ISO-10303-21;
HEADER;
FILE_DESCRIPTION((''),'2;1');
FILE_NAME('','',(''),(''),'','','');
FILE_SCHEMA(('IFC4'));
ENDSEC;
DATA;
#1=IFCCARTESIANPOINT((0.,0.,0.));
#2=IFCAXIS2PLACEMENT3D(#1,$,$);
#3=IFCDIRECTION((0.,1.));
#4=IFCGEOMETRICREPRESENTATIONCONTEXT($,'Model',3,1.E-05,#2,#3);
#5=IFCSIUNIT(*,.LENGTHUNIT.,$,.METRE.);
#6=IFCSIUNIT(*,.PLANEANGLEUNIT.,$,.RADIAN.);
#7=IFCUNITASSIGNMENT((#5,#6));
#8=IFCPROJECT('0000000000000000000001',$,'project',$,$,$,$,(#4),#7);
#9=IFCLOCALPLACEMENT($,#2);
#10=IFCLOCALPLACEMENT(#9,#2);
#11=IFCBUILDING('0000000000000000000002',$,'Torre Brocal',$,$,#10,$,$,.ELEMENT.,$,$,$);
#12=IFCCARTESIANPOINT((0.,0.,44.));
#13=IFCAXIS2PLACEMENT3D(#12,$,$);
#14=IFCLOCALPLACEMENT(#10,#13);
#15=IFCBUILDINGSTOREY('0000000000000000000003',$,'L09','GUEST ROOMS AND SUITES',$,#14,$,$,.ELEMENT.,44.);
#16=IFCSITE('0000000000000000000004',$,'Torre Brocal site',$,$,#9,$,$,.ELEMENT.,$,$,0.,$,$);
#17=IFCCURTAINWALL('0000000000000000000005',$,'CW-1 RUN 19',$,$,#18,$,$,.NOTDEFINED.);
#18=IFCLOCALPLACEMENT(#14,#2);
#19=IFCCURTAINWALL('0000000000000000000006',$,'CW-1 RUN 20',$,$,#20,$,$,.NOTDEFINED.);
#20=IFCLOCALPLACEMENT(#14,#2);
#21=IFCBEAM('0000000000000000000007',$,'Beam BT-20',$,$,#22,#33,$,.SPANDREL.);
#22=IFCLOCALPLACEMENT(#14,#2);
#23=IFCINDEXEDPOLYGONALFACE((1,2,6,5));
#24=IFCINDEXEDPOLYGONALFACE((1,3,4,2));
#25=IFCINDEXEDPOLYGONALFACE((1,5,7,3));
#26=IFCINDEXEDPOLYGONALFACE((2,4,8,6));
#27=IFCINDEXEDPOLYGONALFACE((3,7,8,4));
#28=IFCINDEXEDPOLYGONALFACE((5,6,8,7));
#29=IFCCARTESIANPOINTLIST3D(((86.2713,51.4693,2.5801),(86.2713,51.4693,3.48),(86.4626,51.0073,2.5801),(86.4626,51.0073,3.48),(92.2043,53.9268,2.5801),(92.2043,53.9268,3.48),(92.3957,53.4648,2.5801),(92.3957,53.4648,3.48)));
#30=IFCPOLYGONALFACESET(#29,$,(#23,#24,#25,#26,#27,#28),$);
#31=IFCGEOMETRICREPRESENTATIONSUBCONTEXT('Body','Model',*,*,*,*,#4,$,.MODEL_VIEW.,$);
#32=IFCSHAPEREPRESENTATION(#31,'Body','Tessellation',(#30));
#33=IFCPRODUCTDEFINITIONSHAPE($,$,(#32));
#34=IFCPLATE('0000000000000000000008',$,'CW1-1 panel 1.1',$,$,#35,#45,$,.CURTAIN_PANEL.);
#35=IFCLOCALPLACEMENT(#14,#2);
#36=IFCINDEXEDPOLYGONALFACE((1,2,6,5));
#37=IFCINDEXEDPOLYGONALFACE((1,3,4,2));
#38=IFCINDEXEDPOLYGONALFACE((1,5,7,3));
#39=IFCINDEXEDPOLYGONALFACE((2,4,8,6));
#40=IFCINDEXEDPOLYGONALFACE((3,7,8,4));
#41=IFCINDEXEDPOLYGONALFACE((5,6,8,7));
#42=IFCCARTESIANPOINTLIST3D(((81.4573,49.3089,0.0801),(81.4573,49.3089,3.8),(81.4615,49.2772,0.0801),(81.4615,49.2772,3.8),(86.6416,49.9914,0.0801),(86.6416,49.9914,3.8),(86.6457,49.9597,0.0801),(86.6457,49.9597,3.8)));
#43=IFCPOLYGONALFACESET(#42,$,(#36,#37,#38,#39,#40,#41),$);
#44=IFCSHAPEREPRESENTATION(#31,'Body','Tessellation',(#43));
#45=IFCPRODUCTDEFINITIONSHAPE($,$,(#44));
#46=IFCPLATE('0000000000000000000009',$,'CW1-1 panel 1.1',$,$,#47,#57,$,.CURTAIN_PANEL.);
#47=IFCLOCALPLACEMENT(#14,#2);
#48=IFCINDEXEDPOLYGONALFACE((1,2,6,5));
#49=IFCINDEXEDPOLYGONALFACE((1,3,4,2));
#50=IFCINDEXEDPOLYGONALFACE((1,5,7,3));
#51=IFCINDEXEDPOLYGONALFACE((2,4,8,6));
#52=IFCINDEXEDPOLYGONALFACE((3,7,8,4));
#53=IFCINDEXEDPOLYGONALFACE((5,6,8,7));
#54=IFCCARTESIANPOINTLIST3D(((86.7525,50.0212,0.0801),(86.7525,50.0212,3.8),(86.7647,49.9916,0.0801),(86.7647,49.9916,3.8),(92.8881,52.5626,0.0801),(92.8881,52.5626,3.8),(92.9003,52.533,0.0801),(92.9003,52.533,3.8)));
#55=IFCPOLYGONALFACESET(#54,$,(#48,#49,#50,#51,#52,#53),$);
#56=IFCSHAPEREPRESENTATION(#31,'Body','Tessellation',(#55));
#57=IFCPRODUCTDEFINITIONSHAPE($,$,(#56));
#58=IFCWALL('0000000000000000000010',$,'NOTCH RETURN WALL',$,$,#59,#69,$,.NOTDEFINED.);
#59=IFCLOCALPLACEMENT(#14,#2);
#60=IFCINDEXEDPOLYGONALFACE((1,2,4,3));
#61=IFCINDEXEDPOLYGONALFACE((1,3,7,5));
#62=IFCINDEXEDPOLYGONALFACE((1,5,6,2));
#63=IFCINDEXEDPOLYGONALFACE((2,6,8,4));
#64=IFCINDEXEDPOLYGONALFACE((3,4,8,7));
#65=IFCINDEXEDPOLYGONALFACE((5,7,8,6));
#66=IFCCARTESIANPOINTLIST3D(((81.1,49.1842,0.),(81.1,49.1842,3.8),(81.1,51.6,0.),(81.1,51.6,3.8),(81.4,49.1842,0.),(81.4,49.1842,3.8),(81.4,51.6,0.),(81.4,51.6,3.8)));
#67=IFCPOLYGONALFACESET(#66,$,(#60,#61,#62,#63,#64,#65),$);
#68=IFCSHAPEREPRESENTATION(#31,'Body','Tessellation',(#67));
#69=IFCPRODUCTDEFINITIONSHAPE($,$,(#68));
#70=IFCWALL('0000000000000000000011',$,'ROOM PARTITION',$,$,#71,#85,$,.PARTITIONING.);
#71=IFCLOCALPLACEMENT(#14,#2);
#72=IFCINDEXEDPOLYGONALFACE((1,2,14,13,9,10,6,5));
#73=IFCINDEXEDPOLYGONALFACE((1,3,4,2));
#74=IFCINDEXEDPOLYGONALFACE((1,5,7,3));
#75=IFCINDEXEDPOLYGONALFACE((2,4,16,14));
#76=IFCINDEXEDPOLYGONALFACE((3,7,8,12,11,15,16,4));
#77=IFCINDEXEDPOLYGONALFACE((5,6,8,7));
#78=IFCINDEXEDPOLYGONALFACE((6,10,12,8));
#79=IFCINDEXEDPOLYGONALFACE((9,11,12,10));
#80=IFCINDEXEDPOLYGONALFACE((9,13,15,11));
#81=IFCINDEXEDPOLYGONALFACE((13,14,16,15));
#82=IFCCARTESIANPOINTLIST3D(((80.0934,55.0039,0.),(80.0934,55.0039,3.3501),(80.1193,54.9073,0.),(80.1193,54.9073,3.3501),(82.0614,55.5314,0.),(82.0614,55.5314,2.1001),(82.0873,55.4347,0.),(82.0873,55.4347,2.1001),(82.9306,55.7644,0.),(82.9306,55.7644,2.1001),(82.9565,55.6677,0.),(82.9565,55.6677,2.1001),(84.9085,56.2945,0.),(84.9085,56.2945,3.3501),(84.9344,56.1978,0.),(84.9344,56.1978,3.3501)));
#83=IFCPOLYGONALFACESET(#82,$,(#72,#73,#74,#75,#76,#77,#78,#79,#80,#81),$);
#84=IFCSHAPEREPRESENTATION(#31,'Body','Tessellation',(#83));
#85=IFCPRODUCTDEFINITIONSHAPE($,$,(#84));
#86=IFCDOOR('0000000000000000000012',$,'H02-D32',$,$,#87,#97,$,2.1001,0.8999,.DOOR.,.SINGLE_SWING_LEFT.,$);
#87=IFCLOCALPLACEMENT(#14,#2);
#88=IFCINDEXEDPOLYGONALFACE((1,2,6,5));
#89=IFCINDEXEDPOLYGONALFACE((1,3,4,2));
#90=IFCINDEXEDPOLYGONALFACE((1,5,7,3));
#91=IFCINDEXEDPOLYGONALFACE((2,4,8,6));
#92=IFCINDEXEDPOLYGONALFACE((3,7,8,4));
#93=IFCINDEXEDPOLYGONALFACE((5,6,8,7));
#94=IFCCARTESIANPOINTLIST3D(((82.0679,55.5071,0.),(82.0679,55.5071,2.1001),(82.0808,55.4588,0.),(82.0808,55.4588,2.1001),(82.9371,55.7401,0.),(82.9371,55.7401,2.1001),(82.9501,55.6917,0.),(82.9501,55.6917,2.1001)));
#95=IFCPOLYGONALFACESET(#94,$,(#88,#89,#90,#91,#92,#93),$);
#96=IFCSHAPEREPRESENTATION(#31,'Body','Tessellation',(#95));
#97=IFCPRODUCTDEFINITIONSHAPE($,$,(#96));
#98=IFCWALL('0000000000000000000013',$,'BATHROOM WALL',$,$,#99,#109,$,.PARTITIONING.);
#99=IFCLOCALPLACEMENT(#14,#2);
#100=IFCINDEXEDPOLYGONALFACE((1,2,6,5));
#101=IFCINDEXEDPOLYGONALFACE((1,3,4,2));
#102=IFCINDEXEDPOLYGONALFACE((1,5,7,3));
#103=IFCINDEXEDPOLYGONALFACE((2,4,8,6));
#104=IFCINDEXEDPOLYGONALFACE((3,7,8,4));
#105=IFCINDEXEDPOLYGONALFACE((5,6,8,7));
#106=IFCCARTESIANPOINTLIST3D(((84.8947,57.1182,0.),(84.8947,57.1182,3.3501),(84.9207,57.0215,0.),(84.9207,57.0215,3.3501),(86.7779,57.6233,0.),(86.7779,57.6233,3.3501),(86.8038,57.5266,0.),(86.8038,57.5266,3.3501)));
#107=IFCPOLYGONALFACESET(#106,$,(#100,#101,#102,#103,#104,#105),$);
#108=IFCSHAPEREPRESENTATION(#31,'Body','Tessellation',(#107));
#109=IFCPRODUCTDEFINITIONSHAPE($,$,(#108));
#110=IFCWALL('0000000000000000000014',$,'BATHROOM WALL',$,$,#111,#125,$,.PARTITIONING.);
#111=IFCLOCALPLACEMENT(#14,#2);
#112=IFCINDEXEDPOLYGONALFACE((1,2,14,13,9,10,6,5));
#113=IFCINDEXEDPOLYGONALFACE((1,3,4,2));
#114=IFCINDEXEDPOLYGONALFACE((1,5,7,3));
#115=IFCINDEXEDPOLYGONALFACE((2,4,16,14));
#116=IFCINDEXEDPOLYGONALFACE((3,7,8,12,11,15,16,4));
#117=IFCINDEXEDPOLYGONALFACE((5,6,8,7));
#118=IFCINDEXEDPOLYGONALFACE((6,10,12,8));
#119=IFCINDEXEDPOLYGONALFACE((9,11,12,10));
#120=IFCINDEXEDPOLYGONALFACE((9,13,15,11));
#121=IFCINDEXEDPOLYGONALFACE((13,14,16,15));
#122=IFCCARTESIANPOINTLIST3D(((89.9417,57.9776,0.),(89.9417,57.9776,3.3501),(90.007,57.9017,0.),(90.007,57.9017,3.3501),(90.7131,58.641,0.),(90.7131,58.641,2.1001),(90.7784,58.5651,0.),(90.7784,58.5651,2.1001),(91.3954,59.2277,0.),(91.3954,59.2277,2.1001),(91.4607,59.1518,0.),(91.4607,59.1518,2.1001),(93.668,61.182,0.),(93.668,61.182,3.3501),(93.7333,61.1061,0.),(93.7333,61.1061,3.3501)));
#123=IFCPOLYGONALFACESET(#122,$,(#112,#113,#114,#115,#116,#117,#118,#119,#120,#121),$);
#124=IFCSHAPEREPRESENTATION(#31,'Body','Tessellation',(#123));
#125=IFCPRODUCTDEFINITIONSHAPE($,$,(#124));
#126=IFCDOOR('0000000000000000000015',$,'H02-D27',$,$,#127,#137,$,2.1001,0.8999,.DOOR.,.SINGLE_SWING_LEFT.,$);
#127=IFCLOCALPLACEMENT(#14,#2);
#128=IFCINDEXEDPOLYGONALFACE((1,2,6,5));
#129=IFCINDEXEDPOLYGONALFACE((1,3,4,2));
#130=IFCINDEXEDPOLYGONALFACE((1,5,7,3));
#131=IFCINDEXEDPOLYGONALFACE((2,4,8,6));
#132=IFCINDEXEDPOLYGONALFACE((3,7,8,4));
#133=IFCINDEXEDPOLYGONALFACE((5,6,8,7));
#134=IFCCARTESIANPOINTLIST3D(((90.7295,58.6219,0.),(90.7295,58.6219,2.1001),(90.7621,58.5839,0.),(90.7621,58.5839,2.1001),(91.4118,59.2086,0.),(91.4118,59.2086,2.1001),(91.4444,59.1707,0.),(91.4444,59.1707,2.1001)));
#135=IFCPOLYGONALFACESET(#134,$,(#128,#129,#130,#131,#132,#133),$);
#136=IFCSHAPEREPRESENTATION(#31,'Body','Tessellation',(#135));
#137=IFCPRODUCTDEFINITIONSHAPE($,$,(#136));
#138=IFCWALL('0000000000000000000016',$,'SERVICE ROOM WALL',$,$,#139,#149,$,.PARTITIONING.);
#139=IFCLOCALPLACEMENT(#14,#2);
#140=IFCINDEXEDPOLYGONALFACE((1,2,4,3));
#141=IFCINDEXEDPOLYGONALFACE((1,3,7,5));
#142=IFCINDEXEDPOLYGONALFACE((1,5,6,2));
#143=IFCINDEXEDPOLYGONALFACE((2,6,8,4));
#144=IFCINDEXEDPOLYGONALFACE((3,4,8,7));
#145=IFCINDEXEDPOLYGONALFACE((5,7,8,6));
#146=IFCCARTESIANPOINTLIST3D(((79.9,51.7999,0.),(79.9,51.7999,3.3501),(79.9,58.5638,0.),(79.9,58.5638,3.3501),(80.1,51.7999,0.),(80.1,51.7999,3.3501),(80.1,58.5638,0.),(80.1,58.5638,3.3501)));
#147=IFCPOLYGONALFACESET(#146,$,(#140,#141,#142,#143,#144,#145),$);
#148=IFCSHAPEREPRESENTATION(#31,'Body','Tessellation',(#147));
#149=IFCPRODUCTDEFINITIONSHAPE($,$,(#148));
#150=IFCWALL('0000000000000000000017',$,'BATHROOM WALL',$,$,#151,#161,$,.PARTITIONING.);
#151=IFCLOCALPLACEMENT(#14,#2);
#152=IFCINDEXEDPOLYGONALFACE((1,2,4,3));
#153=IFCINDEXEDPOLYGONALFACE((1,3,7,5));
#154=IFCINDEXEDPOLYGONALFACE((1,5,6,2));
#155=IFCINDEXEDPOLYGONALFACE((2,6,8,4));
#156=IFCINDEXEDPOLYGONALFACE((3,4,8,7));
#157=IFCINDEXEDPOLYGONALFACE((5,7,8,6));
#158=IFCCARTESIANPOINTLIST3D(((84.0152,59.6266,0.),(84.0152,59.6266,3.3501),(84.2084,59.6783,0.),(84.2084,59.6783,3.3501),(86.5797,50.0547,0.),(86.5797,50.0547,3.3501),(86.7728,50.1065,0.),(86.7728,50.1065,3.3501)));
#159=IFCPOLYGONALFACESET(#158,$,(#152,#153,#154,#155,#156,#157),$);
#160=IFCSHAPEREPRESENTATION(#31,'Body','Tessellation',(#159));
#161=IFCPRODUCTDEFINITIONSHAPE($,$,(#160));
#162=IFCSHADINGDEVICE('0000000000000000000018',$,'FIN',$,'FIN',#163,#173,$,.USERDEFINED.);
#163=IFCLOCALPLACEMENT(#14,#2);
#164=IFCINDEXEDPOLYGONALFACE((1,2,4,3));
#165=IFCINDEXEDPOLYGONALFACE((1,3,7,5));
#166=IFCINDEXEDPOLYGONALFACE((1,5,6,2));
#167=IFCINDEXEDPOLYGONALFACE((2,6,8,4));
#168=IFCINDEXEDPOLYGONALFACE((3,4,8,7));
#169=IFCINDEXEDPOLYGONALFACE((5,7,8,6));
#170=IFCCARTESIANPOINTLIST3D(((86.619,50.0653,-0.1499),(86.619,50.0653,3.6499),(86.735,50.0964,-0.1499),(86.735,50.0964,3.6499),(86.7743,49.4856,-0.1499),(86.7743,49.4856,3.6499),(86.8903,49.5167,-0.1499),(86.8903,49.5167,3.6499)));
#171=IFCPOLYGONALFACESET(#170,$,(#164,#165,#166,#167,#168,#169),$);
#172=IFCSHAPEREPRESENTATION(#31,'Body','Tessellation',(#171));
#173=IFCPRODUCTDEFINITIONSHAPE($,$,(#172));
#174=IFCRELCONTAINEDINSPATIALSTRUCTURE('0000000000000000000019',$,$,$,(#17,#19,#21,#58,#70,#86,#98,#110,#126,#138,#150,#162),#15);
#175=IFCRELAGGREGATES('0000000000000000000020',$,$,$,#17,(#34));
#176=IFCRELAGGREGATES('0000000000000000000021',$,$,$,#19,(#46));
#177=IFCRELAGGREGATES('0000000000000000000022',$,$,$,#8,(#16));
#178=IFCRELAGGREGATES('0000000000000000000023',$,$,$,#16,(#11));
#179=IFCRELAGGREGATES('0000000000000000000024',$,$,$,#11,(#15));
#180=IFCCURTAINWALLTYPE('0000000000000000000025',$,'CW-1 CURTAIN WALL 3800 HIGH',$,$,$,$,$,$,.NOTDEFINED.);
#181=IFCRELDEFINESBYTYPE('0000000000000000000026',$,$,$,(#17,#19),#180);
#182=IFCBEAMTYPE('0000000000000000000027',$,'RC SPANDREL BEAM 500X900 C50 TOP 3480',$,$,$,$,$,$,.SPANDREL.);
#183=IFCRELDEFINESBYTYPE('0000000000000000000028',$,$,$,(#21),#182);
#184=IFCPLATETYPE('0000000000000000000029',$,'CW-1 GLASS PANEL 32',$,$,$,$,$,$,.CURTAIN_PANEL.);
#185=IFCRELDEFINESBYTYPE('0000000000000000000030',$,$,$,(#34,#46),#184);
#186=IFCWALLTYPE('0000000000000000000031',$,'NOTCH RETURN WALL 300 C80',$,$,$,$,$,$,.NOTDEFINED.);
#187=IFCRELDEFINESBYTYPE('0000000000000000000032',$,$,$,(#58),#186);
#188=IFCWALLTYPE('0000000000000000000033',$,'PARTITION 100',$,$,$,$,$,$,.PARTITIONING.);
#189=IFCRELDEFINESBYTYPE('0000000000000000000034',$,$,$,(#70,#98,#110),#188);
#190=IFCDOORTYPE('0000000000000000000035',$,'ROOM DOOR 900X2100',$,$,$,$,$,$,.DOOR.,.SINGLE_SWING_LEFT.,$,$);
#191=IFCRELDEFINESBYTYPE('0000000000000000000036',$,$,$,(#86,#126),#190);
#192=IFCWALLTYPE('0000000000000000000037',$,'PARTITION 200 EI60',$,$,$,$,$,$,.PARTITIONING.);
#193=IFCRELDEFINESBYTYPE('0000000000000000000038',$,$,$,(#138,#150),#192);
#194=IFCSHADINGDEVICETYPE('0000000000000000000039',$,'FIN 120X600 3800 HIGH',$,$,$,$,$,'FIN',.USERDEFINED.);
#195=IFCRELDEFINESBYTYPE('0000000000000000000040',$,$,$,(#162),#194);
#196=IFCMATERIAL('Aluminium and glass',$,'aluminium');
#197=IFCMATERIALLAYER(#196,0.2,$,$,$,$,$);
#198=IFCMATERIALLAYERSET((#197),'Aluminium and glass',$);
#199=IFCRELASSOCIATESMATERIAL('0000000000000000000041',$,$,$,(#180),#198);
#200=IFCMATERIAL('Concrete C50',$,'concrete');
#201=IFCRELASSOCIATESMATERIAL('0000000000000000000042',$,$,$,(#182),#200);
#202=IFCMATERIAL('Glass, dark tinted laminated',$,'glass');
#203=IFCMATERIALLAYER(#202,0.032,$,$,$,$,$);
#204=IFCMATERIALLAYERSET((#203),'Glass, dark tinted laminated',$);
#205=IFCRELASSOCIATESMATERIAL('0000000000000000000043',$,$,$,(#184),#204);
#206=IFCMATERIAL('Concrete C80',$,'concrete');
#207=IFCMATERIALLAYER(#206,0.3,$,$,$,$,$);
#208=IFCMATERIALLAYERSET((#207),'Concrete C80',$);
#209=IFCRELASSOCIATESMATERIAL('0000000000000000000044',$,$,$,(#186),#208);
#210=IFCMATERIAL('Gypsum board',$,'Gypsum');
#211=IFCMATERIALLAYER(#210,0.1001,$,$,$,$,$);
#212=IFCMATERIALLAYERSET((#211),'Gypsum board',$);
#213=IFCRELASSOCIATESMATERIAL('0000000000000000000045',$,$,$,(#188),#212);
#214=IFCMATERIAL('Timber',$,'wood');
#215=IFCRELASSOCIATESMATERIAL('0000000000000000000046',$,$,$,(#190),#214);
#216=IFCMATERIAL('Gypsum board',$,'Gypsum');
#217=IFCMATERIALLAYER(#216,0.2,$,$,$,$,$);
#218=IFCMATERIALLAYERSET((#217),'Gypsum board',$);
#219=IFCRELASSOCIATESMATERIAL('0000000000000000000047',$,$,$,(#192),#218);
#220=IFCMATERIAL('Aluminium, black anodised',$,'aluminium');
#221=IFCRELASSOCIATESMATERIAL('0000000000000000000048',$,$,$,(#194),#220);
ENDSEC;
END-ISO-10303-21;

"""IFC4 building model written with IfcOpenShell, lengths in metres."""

from ifc_helpers import new_model, si_unit, direction, frame, frame_2d, origin, origin_2d, place, context, subcontext, project, spatial, rectangle, extrude, material, layer, layer_set, material_profile, profile_set, type_object, element, fill, aggregate, save


model = new_model("IFC4")

# Units and contexts
model_context = context("Model", 3, precision=1e-05, world=origin(), true_north=direction((0.0, 1.0)))
body_context = subcontext(model_context, "Body", "Model", "MODEL_VIEW")
ifc_project = project(units=[si_unit("LENGTHUNIT", "METRE"), si_unit("PLANEANGLEUNIT", "RADIAN")], contexts=[model_context])

# Site, building, storey
site_placement = place(None, origin())
site = spatial("IfcSite", under=ifc_project, at=site_placement, Name="Torre Brocal site", CompositionType="ELEMENT", RefElevation=0.0)
building_placement = place(site_placement, origin())
building = spatial("IfcBuilding", under=site, at=building_placement, Name="Torre Brocal", CompositionType="ELEMENT")
storey_placement = place(building_placement, frame((0.0, 0.0, 44.0)))
storey = spatial("IfcBuildingStorey", under=building, at=storey_placement, Name="L09", Description="GUEST ROOMS AND SUITES", CompositionType="ELEMENT", Elevation=44.0)

# Curtain wall
ifc_material_1 = material(Name="Aluminium and glass", Category="aluminium")
ifc_layer_1 = layer(ifc_material_1, 0.2)
ifc_layer_set_1 = layer_set([ifc_layer_1], Name="Aluminium and glass")
curtain_wall_type = type_object("IfcCurtainWallType", Name="CW-1 CURTAIN WALL 3800 HIGH", PredefinedType="NOTDEFINED", material=ifc_layer_set_1)
curtain_wall_1_placement = place(storey_placement, origin())
curtain_wall_1 = element("IfcCurtainWall", 1, at=curtain_wall_1_placement, inside=storey, type_object=curtain_wall_type, Name="CW-1 RUN 19", PredefinedType="NOTDEFINED")

# Curtain wall
curtain_wall_2_placement = place(storey_placement, origin())
curtain_wall_2 = element("IfcCurtainWall", 2, at=curtain_wall_2_placement, inside=storey, type_object=curtain_wall_type, Name="CW-1 RUN 20", PredefinedType="NOTDEFINED")

# Beam
ifc_material_2 = material(Name="Concrete C50", Category="concrete")
ifc_material_profile_1 = material_profile(ifc_material_2, rectangle(XDim=0.5, YDim=0.8999, at=origin_2d()), Name="RC 500X900")
ifc_profile_set_1 = profile_set([ifc_material_profile_1], Name="Concrete C50")
beam_type_1 = type_object("IfcBeamType", Name="RC SPANDREL BEAM 500X900 C50 TOP 3480", PredefinedType="SPANDREL", material=ifc_profile_set_1)
beam_1_placement = place(storey_placement, frame((86.3669, 51.2383, 3.03), z_axis=(0.923882, 0.382676, 0.0), x_axis=(-0.382676, 0.923882, 0.0)))
element("IfcBeam", 3, at=beam_1_placement, inside=storey, type_object=beam_type_1, Name="Beam BT-20", PredefinedType="SPANDREL", context=body_context, shape_type="SweptSolid", body=[
    extrude(rectangle(XDim=0.5, YDim=0.8999, at=origin_2d()), origin(), (0.0, 0.0, 1.0), 6.4219),
])

# Plates
ifc_material_3 = material(Name="Glass, dark tinted laminated", Category="glass")
ifc_layer_2 = layer(ifc_material_3, 0.032)
ifc_layer_set_2 = layer_set([ifc_layer_2], Name="Glass, dark tinted laminated")
plate_type = type_object("IfcPlateType", Name="CW-1 GLASS PANEL 32", PredefinedType="CURTAIN_PANEL", material=ifc_layer_set_2)
plate_1_placement = place(storey_placement, frame((84.0515, 49.6343, 0.0801), z_axis=(0.0, 0.0, 1.0), x_axis=(0.991445, 0.130526, 0.0)))
plate_1 = element("IfcPlate", 4, at=plate_1_placement, type_object=plate_type, Name="CW1-1 panel 1.1", PredefinedType="CURTAIN_PANEL", context=body_context, shape_type="SweptSolid", body=[
    extrude(rectangle(XDim=5.229, YDim=0.032, at=origin_2d()), origin(), (0.0, 0.0, 1.0), 3.72),
])
aggregate(curtain_wall_1, [plate_1])
plate_2_placement = place(storey_placement, frame((89.8264, 51.2771, 0.0801), z_axis=(0.0, 0.0, 1.0), x_axis=(0.92388, 0.382683, 0.0)))
plate_2 = element("IfcPlate", 5, at=plate_2_placement, type_object=plate_type, Name="CW1-1 panel 1.1", PredefinedType="CURTAIN_PANEL", context=body_context, shape_type="SweptSolid", body=[
    extrude(rectangle(XDim=6.6411, YDim=0.032, at=origin_2d()), origin(), (0.0, 0.0, 1.0), 3.72),
])
aggregate(curtain_wall_2, [plate_2])

# Wall
ifc_material_4 = material(Name="Concrete C80", Category="concrete")
ifc_layer_3 = layer(ifc_material_4, 0.3)
ifc_layer_set_3 = layer_set([ifc_layer_3], Name="Concrete C80")
wall_type_1 = type_object("IfcWallType", Name="NOTCH RETURN WALL 300 C80", PredefinedType="NOTDEFINED", material=ifc_layer_set_3)
wall_1_placement = place(storey_placement, frame((81.25, 51.6001, 0.0), z_axis=(0.0, 0.0, 1.0), x_axis=(0.0, -1.0, 0.0)))
element("IfcWall", 6, at=wall_1_placement, inside=storey, type_object=wall_type_1, Name="NOTCH RETURN WALL", PredefinedType="NOTDEFINED", context=body_context, shape_type="SweptSolid", body=[
    extrude(rectangle(XDim=2.4158, YDim=0.3, at=frame_2d((1.208, 0.0))), origin(), (0.0, 0.0, 1.0), 3.8),
])

# Wall, opening, door
ifc_material_5 = material(Name="Gypsum board", Category="Gypsum")
ifc_layer_4 = layer(ifc_material_5, 0.1001)
ifc_layer_set_4 = layer_set([ifc_layer_4], Name="Gypsum board")
wall_type_2 = type_object("IfcWallType", Name="PARTITION 100", PredefinedType="PARTITIONING", material=ifc_layer_set_4)
wall_2_placement = place(storey_placement, frame((80.1062, 54.9556, 0.0), z_axis=(0.0, 0.0, 1.0), x_axis=(0.965911, 0.258876, 0.0)))
wall_2 = element("IfcWall", 7, at=wall_2_placement, inside=storey, type_object=wall_type_2, Name="ROOM PARTITION", PredefinedType="PARTITIONING", context=body_context, shape_type="SweptSolid", body=[
    extrude(rectangle(XDim=4.9851, YDim=0.1001, at=frame_2d((2.4927, 0.0))), origin(), (0.0, 0.0, 1.0), 3.3501),
])
opening_1_placement = place(wall_2_placement, frame((2.0376, 0.0, 0.0)))
opening_1 = element("IfcOpeningElement", 8, at=opening_1_placement, cuts=wall_2, PredefinedType="OPENING", context=body_context, shape_type="SweptSolid", body=[
    extrude(rectangle(XDim=0.8999, YDim=2.1001, at=frame_2d((0.45, 1.05))), frame((0.0, 0.0601, 0.0), z_axis=(0.0, -1.0, 0.0), x_axis=(1.0, 0.0, 0.0)), (0.0, 0.0, 1.0), 0.1201),
])
ifc_material_6 = material(Name="Timber", Category="wood")
door_type = type_object("IfcDoorType", Name="ROOM DOOR 900X2100", OperationType="SINGLE_SWING_LEFT", PredefinedType="DOOR", material=ifc_material_6)
door_1_placement = place(opening_1_placement, origin())
door_1 = element("IfcDoor", 9, at=door_1_placement, inside=storey, type_object=door_type, Name="H02-D32", OperationType="SINGLE_SWING_LEFT", OverallHeight=2.1001, OverallWidth=0.8999, PredefinedType="DOOR", context=body_context, shape_type="SweptSolid", body=[
    extrude(rectangle(XDim=0.8999, YDim=2.1001, at=frame_2d((0.45, 1.05))), frame((0.0, 0.0249, 0.0), z_axis=(0.0, -1.0, 0.0), x_axis=(1.0, 0.0, 0.0)), (0.0, 0.0, 1.0), 0.05),
])
fill(opening_1, door_1)

# Wall
wall_3_placement = place(storey_placement, frame((84.9077, 57.0698, 0.0), z_axis=(0.0, 0.0, 1.0), x_axis=(0.965854, 0.259089, 0.0)))
element("IfcWall", 10, at=wall_3_placement, inside=storey, type_object=wall_type_2, Name="BATHROOM WALL", PredefinedType="PARTITIONING", context=body_context, shape_type="SweptSolid", body=[
    extrude(rectangle(XDim=1.9497, YDim=0.1001, at=frame_2d((0.9749, 0.0))), origin(), (0.0, 0.0, 1.0), 3.3501),
])

# Wall, opening, door
wall_4_placement = place(storey_placement, frame((89.9744, 57.9397, 0.0), z_axis=(0.0, 0.0, 1.0), x_axis=(0.758214, 0.652006, 0.0)))
wall_4 = element("IfcWall", 11, at=wall_4_placement, inside=storey, type_object=wall_type_2, Name="BATHROOM WALL", PredefinedType="PARTITIONING", context=body_context, shape_type="SweptSolid", body=[
    extrude(rectangle(XDim=4.9146, YDim=0.1001, at=frame_2d((2.4573, 0.0))), origin(), (0.0, 0.0, 1.0), 3.3501),
])
opening_2_placement = place(wall_4_placement, frame((1.0173, 0.0, 0.0)))
opening_2 = element("IfcOpeningElement", 12, at=opening_2_placement, cuts=wall_4, PredefinedType="OPENING", context=body_context, shape_type="SweptSolid", body=[
    extrude(rectangle(XDim=0.8999, YDim=2.1001, at=frame_2d((0.45, 1.05))), frame((0.0, 0.0601, 0.0), z_axis=(0.0, -1.0, 0.0), x_axis=(1.0, 0.0, 0.0)), (0.0, 0.0, 1.0), 0.1201),
])
door_2_placement = place(opening_2_placement, origin())
door_2 = element("IfcDoor", 13, at=door_2_placement, inside=storey, type_object=door_type, Name="H02-D27", OperationType="SINGLE_SWING_LEFT", OverallHeight=2.1001, OverallWidth=0.8999, PredefinedType="DOOR", context=body_context, shape_type="SweptSolid", body=[
    extrude(rectangle(XDim=0.8999, YDim=2.1001, at=frame_2d((0.45, 1.05))), frame((0.0, 0.0249, 0.0), z_axis=(0.0, -1.0, 0.0), x_axis=(1.0, 0.0, 0.0)), (0.0, 0.0, 1.0), 0.05),
])
fill(opening_2, door_2)

# Walls
ifc_material_7 = material(Name="Gypsum board", Category="Gypsum")
ifc_layer_5 = layer(ifc_material_7, 0.2)
ifc_layer_set_5 = layer_set([ifc_layer_5], Name="Gypsum board")
wall_type_3 = type_object("IfcWallType", Name="PARTITION 200 EI60", PredefinedType="PARTITIONING", material=ifc_layer_set_5)
wall_5_placement = place(storey_placement, frame((80.0, 51.8, 0.0), z_axis=(0.0, 0.0, 1.0), x_axis=(0.0, 1.0, 0.0)))
element("IfcWall", 14, at=wall_5_placement, inside=storey, type_object=wall_type_3, Name="SERVICE ROOM WALL", PredefinedType="PARTITIONING", context=body_context, shape_type="SweptSolid", body=[
    extrude(rectangle(XDim=6.7639, YDim=0.2, at=frame_2d((3.3818, 0.0))), origin(), (0.0, 0.0, 1.0), 3.3501),
])
wall_6_placement = place(storey_placement, frame((84.1118, 59.6523, 0.0), z_axis=(0.0, 0.0, 1.0), x_axis=(0.258791, -0.965933, 0.0)))
element("IfcWall", 15, at=wall_6_placement, inside=storey, type_object=wall_type_3, Name="BATHROOM WALL", PredefinedType="PARTITIONING", context=body_context, shape_type="SweptSolid", body=[
    extrude(rectangle(XDim=9.9094, YDim=0.2, at=frame_2d((4.9546, 0.0))), origin(), (0.0, 0.0, 1.0), 3.3501),
])

# Shading device
ifc_material_8 = material(Name="Aluminium, black anodised", Category="aluminium")
ifc_material_profile_2 = material_profile(ifc_material_8, rectangle(XDim=0.1201, YDim=0.6001, at=origin_2d()), Name="FIN 120X600 3800 HIGH")
ifc_profile_set_2 = profile_set([ifc_material_profile_2], Name="Aluminium, black anodised")
shading_device_type = type_object("IfcShadingDeviceType", Name="FIN 120X600 3800 HIGH", ElementType="FIN", PredefinedType="USERDEFINED", material=ifc_profile_set_2)
shading_device_placement = place(storey_placement, frame((86.7546, 49.791, -0.1499), z_axis=(0.0, 0.0, 1.0), x_axis=(0.965926, 0.258819, 0.0)))
element("IfcShadingDevice", 16, at=shading_device_placement, inside=storey, type_object=shading_device_type, Name="FIN", ObjectType="FIN", PredefinedType="USERDEFINED", context=body_context, shape_type="SweptSolid", body=[
    extrude(rectangle(XDim=0.1201, YDim=0.6001, at=origin_2d()), origin(), (0.0, 0.0, 1.0), 3.7998),
])

save(model, "model.ifc")
